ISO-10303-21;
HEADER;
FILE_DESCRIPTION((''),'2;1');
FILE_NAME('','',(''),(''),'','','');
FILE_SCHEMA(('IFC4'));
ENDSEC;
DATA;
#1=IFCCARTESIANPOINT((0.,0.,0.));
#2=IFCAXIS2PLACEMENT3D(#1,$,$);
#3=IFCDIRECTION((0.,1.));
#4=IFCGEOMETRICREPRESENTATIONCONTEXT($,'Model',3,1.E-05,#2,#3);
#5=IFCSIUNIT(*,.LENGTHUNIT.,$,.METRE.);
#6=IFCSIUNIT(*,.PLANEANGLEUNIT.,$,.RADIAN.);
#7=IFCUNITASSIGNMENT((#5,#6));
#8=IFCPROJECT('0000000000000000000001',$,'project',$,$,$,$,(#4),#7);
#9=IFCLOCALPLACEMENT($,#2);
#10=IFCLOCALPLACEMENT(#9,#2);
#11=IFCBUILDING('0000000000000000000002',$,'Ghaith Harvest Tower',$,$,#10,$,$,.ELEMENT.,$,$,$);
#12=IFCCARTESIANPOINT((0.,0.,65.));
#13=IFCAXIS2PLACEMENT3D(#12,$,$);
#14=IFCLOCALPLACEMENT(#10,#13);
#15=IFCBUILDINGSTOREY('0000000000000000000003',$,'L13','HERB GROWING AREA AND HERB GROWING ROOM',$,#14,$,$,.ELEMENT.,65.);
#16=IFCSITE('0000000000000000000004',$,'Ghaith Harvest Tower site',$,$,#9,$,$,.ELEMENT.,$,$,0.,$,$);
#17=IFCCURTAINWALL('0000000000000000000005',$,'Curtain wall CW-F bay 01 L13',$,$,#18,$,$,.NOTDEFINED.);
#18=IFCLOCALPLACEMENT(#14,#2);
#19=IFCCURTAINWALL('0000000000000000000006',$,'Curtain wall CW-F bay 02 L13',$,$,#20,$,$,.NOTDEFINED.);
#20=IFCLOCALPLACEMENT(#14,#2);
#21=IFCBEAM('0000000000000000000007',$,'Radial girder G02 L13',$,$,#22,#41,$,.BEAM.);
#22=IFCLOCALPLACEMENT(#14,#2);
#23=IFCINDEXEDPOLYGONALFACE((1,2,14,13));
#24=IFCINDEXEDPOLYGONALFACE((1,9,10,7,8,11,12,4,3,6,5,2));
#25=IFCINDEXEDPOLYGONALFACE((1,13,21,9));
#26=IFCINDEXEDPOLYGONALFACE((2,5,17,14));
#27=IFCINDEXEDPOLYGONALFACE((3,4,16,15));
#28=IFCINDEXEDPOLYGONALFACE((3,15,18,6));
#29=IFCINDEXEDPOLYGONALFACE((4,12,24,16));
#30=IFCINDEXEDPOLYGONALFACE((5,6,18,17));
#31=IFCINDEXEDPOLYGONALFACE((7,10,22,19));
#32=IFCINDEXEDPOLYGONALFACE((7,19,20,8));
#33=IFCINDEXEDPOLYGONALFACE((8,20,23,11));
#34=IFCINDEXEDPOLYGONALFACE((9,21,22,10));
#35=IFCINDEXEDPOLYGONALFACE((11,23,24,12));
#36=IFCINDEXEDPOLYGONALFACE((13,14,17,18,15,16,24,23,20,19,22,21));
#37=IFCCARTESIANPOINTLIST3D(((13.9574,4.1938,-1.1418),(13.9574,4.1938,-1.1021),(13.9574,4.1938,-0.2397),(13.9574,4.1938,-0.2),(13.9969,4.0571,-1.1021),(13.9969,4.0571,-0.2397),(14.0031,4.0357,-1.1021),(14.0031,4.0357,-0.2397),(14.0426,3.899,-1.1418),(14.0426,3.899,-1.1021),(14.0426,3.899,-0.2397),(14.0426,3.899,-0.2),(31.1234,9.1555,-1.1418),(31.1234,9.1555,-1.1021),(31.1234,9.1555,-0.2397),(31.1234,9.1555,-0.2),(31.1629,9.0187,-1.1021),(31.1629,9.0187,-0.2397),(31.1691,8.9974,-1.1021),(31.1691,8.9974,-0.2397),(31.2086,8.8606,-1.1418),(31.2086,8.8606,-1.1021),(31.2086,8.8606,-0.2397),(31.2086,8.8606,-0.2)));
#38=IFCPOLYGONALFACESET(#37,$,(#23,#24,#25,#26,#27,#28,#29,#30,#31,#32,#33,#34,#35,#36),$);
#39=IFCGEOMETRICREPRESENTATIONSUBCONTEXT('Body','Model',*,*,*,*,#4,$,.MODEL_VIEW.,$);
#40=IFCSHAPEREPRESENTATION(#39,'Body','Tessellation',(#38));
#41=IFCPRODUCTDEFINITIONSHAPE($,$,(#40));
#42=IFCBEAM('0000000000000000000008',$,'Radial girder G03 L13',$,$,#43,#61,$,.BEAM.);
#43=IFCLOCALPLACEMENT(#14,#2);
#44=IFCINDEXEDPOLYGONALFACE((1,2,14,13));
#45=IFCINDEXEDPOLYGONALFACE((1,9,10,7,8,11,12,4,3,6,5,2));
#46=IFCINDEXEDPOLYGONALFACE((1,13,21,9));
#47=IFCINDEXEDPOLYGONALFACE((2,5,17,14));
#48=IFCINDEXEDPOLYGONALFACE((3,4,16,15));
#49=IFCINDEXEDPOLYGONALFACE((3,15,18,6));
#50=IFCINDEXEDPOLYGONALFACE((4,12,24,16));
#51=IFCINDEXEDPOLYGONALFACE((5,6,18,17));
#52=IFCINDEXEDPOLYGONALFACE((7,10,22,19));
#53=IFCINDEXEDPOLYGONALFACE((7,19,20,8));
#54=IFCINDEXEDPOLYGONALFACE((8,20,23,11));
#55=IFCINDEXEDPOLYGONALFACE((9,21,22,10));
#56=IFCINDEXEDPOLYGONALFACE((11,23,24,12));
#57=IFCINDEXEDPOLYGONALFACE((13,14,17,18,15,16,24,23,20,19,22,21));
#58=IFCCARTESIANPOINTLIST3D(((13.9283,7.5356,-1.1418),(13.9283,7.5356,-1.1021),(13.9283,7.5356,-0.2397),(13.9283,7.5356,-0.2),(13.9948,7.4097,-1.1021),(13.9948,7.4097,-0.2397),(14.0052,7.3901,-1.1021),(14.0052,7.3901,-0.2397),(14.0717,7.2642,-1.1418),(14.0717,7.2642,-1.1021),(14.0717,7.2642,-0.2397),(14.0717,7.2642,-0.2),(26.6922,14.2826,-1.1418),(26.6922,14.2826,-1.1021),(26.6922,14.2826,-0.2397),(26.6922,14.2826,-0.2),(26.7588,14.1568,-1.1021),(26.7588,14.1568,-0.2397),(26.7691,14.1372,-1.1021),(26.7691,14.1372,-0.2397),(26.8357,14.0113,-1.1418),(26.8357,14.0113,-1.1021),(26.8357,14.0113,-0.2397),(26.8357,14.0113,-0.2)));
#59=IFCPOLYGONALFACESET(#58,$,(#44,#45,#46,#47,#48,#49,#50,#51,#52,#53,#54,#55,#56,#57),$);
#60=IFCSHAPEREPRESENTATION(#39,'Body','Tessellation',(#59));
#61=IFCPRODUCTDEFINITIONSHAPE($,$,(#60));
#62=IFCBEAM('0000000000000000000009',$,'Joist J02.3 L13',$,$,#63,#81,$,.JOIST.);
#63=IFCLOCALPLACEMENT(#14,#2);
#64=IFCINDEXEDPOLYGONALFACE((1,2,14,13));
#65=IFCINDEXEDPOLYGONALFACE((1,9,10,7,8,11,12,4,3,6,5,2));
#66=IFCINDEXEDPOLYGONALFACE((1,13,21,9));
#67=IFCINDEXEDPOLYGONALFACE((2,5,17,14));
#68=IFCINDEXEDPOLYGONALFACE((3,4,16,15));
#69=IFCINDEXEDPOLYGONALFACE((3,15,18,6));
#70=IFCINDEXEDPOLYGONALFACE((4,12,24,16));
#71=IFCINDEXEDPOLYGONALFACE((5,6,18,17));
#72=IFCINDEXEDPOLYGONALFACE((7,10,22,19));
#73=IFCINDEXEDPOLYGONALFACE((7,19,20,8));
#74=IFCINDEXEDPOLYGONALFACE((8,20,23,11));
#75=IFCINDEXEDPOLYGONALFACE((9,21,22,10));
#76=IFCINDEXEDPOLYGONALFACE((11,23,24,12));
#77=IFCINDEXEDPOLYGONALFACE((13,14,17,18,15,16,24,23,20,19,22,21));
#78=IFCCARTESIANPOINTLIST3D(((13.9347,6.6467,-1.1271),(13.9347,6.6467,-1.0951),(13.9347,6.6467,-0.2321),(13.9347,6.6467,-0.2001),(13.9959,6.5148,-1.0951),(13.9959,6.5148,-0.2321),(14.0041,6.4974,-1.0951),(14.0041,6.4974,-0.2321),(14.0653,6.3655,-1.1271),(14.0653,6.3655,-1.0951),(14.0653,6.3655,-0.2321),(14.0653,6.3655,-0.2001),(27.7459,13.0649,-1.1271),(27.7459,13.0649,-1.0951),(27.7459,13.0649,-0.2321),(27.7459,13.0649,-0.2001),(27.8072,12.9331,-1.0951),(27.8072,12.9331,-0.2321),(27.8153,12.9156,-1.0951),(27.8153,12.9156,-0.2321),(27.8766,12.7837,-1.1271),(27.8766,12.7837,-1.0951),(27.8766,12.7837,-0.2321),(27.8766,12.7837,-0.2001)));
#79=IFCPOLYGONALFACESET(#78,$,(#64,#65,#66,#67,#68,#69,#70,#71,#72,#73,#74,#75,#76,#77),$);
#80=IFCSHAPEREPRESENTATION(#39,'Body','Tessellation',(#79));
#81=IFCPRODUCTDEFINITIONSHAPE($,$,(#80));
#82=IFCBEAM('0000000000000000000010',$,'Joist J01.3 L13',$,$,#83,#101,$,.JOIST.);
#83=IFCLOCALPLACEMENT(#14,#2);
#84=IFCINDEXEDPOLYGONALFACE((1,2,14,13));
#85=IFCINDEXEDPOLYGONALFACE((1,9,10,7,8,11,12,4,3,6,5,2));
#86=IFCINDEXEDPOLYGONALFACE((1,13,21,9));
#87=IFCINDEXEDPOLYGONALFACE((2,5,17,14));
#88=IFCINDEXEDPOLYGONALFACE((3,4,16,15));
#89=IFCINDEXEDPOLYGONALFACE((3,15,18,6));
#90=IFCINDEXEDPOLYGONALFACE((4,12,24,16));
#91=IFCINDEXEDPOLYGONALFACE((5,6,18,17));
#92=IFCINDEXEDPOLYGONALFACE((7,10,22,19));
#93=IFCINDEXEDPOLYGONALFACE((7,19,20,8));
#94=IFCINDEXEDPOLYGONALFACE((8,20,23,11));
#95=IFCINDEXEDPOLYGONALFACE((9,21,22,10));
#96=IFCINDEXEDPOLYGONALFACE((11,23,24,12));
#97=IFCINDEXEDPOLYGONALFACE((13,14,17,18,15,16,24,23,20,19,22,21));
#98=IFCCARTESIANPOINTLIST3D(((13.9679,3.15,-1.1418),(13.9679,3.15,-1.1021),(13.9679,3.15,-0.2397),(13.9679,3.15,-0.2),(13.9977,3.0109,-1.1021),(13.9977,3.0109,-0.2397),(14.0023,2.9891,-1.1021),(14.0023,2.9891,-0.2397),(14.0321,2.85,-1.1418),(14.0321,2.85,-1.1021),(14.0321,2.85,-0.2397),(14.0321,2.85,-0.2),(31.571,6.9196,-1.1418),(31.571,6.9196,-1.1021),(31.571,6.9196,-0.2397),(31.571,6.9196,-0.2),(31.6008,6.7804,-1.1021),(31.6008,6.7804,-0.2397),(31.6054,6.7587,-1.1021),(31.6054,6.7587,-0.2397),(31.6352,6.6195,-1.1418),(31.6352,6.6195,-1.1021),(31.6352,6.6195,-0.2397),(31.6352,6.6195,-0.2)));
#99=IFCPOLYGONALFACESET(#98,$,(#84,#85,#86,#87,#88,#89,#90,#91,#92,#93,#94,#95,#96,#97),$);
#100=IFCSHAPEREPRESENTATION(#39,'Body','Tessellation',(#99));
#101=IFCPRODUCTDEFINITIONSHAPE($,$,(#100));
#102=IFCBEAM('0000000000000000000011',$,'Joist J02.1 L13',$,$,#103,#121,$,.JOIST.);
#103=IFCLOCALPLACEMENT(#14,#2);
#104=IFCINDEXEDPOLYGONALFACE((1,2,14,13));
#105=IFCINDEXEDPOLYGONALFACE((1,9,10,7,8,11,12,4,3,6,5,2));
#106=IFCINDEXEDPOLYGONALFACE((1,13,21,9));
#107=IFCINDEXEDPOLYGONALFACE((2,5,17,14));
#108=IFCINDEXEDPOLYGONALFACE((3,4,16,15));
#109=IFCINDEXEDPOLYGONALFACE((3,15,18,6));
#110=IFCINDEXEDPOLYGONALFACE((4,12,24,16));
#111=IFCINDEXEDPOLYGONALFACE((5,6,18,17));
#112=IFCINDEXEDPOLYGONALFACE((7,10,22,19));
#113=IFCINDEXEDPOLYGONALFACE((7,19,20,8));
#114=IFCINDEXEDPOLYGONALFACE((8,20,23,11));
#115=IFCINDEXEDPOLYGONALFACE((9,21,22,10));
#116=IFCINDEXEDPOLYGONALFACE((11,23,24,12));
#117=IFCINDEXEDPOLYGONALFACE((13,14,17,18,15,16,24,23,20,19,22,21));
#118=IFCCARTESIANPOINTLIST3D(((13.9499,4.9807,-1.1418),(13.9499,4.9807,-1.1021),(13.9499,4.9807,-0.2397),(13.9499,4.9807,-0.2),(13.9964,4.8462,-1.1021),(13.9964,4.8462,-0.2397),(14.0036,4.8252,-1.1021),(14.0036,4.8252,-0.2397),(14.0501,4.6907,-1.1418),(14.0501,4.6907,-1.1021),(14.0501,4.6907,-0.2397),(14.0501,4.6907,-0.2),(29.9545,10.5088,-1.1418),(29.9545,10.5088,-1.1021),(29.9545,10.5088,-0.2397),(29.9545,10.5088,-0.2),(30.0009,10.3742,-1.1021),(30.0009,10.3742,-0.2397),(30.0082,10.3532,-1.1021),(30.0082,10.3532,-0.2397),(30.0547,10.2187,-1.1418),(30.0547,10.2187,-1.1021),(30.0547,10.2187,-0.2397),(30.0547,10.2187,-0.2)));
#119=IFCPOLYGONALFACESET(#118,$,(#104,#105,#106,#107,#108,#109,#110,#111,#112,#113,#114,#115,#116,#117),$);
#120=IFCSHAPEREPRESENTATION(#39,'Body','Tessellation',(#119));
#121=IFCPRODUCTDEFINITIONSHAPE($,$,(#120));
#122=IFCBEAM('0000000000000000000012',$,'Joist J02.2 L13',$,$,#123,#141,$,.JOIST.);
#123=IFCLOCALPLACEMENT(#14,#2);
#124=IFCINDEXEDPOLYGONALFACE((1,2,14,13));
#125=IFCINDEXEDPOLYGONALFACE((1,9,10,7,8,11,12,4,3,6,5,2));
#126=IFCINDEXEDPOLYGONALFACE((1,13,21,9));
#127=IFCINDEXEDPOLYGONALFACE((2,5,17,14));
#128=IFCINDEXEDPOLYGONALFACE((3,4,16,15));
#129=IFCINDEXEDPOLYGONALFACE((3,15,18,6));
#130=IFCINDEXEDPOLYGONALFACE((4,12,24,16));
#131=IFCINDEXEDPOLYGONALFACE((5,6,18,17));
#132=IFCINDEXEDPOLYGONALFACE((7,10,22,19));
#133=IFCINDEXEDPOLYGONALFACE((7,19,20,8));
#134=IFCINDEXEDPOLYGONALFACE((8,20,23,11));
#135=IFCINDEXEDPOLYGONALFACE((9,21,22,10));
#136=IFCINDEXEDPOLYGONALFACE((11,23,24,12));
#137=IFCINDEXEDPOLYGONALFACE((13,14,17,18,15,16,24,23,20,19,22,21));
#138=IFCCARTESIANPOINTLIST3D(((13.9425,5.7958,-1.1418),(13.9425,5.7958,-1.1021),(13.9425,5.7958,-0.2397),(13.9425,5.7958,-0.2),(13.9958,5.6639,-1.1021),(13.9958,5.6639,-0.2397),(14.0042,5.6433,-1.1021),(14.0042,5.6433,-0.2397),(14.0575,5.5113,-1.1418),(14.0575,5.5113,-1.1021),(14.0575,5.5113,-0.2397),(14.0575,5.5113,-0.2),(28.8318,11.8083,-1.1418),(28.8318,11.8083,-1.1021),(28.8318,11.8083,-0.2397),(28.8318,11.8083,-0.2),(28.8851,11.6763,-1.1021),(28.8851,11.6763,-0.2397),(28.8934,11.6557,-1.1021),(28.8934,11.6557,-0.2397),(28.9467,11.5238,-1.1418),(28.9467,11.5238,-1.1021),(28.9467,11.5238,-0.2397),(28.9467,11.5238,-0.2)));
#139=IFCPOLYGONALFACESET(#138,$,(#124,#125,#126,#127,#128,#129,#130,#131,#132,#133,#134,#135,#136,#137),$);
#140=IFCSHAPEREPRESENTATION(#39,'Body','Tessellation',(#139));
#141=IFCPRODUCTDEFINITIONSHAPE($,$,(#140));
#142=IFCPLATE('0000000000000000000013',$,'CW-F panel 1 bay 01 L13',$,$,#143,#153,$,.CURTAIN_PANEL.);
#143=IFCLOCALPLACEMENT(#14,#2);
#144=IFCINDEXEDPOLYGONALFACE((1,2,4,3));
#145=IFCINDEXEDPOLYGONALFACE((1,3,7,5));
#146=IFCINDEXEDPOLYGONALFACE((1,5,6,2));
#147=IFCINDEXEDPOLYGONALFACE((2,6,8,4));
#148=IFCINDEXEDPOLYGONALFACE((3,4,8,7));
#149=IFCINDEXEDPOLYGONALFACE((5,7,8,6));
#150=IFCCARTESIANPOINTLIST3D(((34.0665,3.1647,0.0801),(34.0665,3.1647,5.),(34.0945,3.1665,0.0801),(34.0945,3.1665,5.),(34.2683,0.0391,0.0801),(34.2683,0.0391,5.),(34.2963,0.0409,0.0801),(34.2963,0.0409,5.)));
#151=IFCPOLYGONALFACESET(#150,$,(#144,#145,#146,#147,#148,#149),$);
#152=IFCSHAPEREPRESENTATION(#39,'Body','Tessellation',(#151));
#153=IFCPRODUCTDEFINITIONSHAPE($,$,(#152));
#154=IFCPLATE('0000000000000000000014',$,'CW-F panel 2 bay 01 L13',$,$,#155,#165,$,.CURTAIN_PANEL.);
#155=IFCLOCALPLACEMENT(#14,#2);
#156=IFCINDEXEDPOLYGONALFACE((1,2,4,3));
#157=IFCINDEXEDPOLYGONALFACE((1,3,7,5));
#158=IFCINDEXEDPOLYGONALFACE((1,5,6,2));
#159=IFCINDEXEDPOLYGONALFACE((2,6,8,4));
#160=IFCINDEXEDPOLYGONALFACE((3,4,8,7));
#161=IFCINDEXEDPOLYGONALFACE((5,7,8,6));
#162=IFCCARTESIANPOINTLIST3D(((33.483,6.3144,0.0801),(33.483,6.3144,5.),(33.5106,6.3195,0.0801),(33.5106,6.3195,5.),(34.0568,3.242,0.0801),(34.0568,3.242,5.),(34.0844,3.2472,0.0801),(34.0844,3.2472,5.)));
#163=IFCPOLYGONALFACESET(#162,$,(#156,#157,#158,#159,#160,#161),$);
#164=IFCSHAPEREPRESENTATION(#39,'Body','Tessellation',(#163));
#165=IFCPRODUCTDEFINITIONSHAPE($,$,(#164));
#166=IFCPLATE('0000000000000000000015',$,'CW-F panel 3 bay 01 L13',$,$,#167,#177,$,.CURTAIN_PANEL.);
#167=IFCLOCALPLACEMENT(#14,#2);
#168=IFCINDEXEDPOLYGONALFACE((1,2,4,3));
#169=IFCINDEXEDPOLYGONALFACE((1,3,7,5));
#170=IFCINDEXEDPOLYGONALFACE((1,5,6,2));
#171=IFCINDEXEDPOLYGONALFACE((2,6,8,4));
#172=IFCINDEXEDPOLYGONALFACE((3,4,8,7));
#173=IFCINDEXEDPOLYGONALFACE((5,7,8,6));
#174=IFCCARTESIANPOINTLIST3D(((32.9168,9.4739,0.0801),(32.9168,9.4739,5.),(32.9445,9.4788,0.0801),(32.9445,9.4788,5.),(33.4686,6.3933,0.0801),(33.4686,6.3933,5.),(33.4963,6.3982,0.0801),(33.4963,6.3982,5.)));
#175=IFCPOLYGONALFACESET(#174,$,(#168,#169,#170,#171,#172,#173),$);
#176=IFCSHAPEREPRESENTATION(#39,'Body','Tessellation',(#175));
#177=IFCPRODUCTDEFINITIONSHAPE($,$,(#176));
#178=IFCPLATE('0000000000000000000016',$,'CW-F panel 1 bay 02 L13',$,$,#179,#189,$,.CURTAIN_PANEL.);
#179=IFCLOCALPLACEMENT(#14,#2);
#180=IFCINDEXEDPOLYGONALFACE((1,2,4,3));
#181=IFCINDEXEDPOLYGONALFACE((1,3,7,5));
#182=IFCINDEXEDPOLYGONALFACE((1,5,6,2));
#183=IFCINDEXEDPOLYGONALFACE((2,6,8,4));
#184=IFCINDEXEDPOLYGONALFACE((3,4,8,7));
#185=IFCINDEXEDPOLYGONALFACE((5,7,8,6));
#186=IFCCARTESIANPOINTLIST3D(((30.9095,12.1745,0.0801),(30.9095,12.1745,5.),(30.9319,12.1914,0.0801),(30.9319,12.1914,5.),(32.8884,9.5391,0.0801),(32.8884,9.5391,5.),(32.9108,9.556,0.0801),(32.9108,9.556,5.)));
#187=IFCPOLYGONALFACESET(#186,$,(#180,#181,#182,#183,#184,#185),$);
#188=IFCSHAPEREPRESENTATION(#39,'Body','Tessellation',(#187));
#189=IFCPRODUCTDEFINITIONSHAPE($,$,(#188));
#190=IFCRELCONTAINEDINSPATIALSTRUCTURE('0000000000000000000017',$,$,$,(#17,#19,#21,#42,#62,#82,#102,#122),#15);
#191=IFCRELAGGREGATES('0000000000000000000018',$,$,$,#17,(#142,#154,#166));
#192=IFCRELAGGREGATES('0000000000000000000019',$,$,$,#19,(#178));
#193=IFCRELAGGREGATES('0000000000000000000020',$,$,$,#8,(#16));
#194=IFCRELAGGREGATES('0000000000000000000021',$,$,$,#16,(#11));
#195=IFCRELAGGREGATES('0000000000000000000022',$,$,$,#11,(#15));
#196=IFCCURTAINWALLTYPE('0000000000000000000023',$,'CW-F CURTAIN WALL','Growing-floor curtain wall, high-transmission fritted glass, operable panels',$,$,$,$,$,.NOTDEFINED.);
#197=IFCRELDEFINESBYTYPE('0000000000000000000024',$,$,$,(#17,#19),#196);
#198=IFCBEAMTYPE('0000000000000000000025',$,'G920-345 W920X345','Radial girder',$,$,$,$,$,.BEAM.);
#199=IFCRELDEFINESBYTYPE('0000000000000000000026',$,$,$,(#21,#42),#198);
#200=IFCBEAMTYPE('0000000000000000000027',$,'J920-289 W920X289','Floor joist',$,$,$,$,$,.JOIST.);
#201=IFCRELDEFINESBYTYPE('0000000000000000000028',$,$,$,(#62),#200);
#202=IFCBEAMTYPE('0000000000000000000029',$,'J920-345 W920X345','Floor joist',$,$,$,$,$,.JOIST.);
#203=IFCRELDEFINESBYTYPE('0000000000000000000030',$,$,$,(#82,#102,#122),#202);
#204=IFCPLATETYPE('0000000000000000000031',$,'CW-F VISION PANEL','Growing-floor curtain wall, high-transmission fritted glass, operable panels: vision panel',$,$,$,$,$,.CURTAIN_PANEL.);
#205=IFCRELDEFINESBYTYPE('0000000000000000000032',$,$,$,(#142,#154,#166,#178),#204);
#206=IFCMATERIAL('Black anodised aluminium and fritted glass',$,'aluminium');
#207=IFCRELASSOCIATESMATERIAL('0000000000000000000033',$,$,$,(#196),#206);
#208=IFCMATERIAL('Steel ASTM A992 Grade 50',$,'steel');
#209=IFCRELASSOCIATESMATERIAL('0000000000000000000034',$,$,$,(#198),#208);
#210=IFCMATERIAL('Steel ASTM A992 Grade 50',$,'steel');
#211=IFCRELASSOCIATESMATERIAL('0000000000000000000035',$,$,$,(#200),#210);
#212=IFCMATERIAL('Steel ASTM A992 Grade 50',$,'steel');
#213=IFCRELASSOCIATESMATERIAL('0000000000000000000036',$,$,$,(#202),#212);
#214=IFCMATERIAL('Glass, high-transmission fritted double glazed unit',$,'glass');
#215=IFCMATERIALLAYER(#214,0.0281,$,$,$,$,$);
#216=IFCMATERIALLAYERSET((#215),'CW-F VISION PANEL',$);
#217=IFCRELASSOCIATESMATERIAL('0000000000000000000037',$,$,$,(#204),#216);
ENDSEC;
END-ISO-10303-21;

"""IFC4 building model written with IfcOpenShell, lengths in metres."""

from ifc_helpers import new_model, si_unit, direction, frame, origin, origin_2d, place, context, subcontext, project, spatial, rectangle, i_section, extrude, material, layer, layer_set, material_profile, profile_set, type_object, element, aggregate, save


model = new_model("IFC4")

# Units and contexts
model_context = context("Model", 3, precision=1e-05, world=origin(), true_north=direction((0.0, 1.0)))
body_context = subcontext(model_context, "Body", "Model", "MODEL_VIEW")
ifc_project = project(units=[si_unit("LENGTHUNIT", "METRE"), si_unit("PLANEANGLEUNIT", "RADIAN")], contexts=[model_context])

# Site, building, storey
site_placement = place(None, origin())
site = spatial("IfcSite", under=ifc_project, at=site_placement, Name="Ghaith Harvest Tower site", CompositionType="ELEMENT", RefElevation=0.0)
building_placement = place(site_placement, origin())
building = spatial("IfcBuilding", under=site, at=building_placement, Name="Ghaith Harvest Tower", CompositionType="ELEMENT")
storey_placement = place(building_placement, frame((0.0, 0.0, 65.0)))
storey = spatial("IfcBuildingStorey", under=building, at=storey_placement, Name="L13", Description="HERB GROWING AREA AND HERB GROWING ROOM", CompositionType="ELEMENT", Elevation=65.0)

# Curtain wall
ifc_material_1 = material(Name="Black anodised aluminium and fritted glass", Category="aluminium")
curtain_wall_type = type_object("IfcCurtainWallType", Name="CW-F CURTAIN WALL", Description="Growing-floor curtain wall, high-transmission fritted glass, operable panels", PredefinedType="NOTDEFINED", material=ifc_material_1)
curtain_wall_1_placement = place(storey_placement, origin())
curtain_wall_1 = element("IfcCurtainWall", 1, at=curtain_wall_1_placement, inside=storey, type_object=curtain_wall_type, Name="Curtain wall CW-F bay 01 L13", PredefinedType="NOTDEFINED")

# Curtain wall
curtain_wall_2_placement = place(storey_placement, origin())
curtain_wall_2 = element("IfcCurtainWall", 2, at=curtain_wall_2_placement, inside=storey, type_object=curtain_wall_type, Name="Curtain wall CW-F bay 02 L13", PredefinedType="NOTDEFINED")

# Beams
ifc_material_2 = material(Name="Steel ASTM A992 Grade 50", Category="steel")
ifc_material_profile_1 = material_profile(ifc_material_2, i_section(OverallWidth=0.3069, OverallDepth=0.9419, WebThickness=0.0222, FlangeThickness=0.0398, at=origin_2d()), Name="W920X345")
ifc_profile_set_1 = profile_set([ifc_material_profile_1], Name="Steel ASTM A992 Grade 50")
beam_type_1 = type_object("IfcBeamType", Name="G920-345 W920X345", Description="Radial girder", PredefinedType="BEAM", material=ifc_profile_set_1)
beam_1_placement = place(storey_placement, frame((14.0, 4.0464, -0.6709), z_axis=(0.960675, 0.277674, 0.0), x_axis=(-0.277674, 0.960675, 0.0)))
element("IfcBeam", 3, at=beam_1_placement, inside=storey, type_object=beam_type_1, Name="Radial girder G02 L13", PredefinedType="BEAM", context=body_context, shape_type="SweptSolid", body=[
    extrude(i_section(OverallWidth=0.3069, OverallDepth=0.9419, WebThickness=0.0222, FlangeThickness=0.0398, at=origin_2d()), origin(), (0.0, 0.0, 1.0), 17.8687),
])
beam_2_placement = place(storey_placement, frame((14.0, 7.3999, -0.6709), z_axis=(0.884083, 0.467331, 0.0), x_axis=(-0.467331, 0.884083, 0.0)))
element("IfcBeam", 4, at=beam_2_placement, inside=storey, type_object=beam_type_1, Name="Radial girder G03 L13", PredefinedType="BEAM", context=body_context, shape_type="SweptSolid", body=[
    extrude(i_section(OverallWidth=0.3069, OverallDepth=0.9419, WebThickness=0.0222, FlangeThickness=0.0398, at=origin_2d()), origin(), (0.0, 0.0, 1.0), 14.4375),
])
ifc_material_3 = material(Name="Steel ASTM A992 Grade 50", Category="steel")
ifc_material_profile_2 = material_profile(ifc_material_3, i_section(OverallWidth=0.3101, OverallDepth=0.927, WebThickness=0.0193, FlangeThickness=0.032, at=origin_2d()), Name="W920X289")
ifc_profile_set_2 = profile_set([ifc_material_profile_2], Name="Steel ASTM A992 Grade 50")
beam_type_2 = type_object("IfcBeamType", Name="J920-289 W920X289", Description="Floor joist", PredefinedType="JOIST", material=ifc_profile_set_2)
beam_3_placement = place(storey_placement, frame((14.0, 6.5061, -0.6636), z_axis=(0.906863, 0.421426, 0.0), x_axis=(-0.421426, 0.906863, 0.0)))
element("IfcBeam", 5, at=beam_3_placement, inside=storey, type_object=beam_type_2, Name="Joist J02.3 L13", PredefinedType="JOIST", context=body_context, shape_type="SweptSolid", body=[
    extrude(i_section(OverallWidth=0.3101, OverallDepth=0.927, WebThickness=0.0193, FlangeThickness=0.032, at=origin_2d()), origin(), (0.0, 0.0, 1.0), 15.2297),
])
ifc_material_4 = material(Name="Steel ASTM A992 Grade 50", Category="steel")
ifc_material_profile_3 = material_profile(ifc_material_4, i_section(OverallWidth=0.3069, OverallDepth=0.9419, WebThickness=0.0222, FlangeThickness=0.0398, at=origin_2d()), Name="W920X345")
ifc_profile_set_3 = profile_set([ifc_material_profile_3], Name="Steel ASTM A992 Grade 50")
beam_type_3 = type_object("IfcBeamType", Name="J920-345 W920X345", Description="Floor joist", PredefinedType="JOIST", material=ifc_profile_set_3)
beam_4_placement = place(storey_placement, frame((14.0, 3.0, -0.6709), z_axis=(0.977831, 0.209394, 0.0), x_axis=(-0.209394, 0.977831, 0.0)))
element("IfcBeam", 6, at=beam_4_placement, inside=storey, type_object=beam_type_3, Name="Joist J01.3 L13", PredefinedType="JOIST", context=body_context, shape_type="SweptSolid", body=[
    extrude(i_section(OverallWidth=0.3069, OverallDepth=0.9419, WebThickness=0.0222, FlangeThickness=0.0398, at=origin_2d()), origin(), (0.0, 0.0, 1.0), 18.0022),
])
beam_5_placement = place(storey_placement, frame((14.0, 4.8357, -0.6709), z_axis=(0.945205, 0.326478, 0.0), x_axis=(-0.326478, 0.945205, 0.0)))
element("IfcBeam", 7, at=beam_5_placement, inside=storey, type_object=beam_type_3, Name="Joist J02.1 L13", PredefinedType="JOIST", context=body_context, shape_type="SweptSolid", body=[
    extrude(i_section(OverallWidth=0.3069, OverallDepth=0.9419, WebThickness=0.0222, FlangeThickness=0.0398, at=origin_2d()), origin(), (0.0, 0.0, 1.0), 16.9324),
])
beam_6_placement = place(storey_placement, frame((14.0, 5.6536, -0.6709), z_axis=(0.927252, 0.374437, 0.0), x_axis=(-0.374437, 0.927252, 0.0)))
element("IfcBeam", 8, at=beam_6_placement, inside=storey, type_object=beam_type_3, Name="Joist J02.2 L13", PredefinedType="JOIST", context=body_context, shape_type="SweptSolid", body=[
    extrude(i_section(OverallWidth=0.3069, OverallDepth=0.9419, WebThickness=0.0222, FlangeThickness=0.0398, at=origin_2d()), origin(), (0.0, 0.0, 1.0), 16.0574),
])

# Plates
ifc_material_5 = material(Name="Glass, high-transmission fritted double glazed unit", Category="glass")
ifc_layer_1 = layer(ifc_material_5, 0.0281)
ifc_layer_set_1 = layer_set([ifc_layer_1], Name="CW-F VISION PANEL")
plate_type = type_object("IfcPlateType", Name="CW-F VISION PANEL", Description="Growing-floor curtain wall, high-transmission fritted glass, operable panels: vision panel", PredefinedType="CURTAIN_PANEL", material=ifc_layer_set_1)
plate_1_placement = place(storey_placement, frame((34.1814, 1.6028, 0.0801), z_axis=(0.0, 0.0, 1.0), x_axis=(-0.064446, 0.997921, 0.0)))
plate_1 = element("IfcPlate", 9, at=plate_1_placement, type_object=plate_type, Name="CW-F panel 1 bay 01 L13", PredefinedType="CURTAIN_PANEL", context=body_context, shape_type="SweptSolid", body=[
    extrude(rectangle(XDim=3.1321, YDim=0.0281, at=origin_2d()), origin(), (0.0, 0.0, 1.0), 4.9199),
])
plate_2_placement = place(storey_placement, frame((33.7837, 4.7808, 0.0801), z_axis=(0.0, 0.0, 1.0), x_axis=(-0.183569, 0.983007, 0.0)))
plate_2 = element("IfcPlate", 10, at=plate_2_placement, type_object=plate_type, Name="CW-F panel 2 bay 01 L13", PredefinedType="CURTAIN_PANEL", context=body_context, shape_type="SweptSolid", body=[
    extrude(rectangle(XDim=3.1255, YDim=0.0281, at=origin_2d()), origin(), (0.0, 0.0, 1.0), 4.9199),
])
plate_3_placement = place(storey_placement, frame((33.2065, 7.936, 0.0801), z_axis=(0.0, 0.0, 1.0), x_axis=(-0.17632, 0.984333, 0.0)))
plate_3 = element("IfcPlate", 11, at=plate_3_placement, type_object=plate_type, Name="CW-F panel 3 bay 01 L13", PredefinedType="CURTAIN_PANEL", context=body_context, shape_type="SweptSolid", body=[
    extrude(rectangle(XDim=3.1296, YDim=0.0281, at=origin_2d()), origin(), (0.0, 0.0, 1.0), 4.9199),
])
aggregate(curtain_wall_1, [plate_1, plate_2, plate_3])
plate_4_placement = place(storey_placement, frame((31.9102, 10.8652, 0.0801), z_axis=(0.0, 0.0, 1.0), x_axis=(-0.600454, 0.799659, 0.0)))
plate_4 = element("IfcPlate", 12, at=plate_4_placement, type_object=plate_type, Name="CW-F panel 1 bay 02 L13", PredefinedType="CURTAIN_PANEL", context=body_context, shape_type="SweptSolid", body=[
    extrude(rectangle(XDim=3.2957, YDim=0.0281, at=origin_2d()), origin(), (0.0, 0.0, 1.0), 4.9199),
])
aggregate(curtain_wall_2, [plate_4])

save(model, "model.ifc")
